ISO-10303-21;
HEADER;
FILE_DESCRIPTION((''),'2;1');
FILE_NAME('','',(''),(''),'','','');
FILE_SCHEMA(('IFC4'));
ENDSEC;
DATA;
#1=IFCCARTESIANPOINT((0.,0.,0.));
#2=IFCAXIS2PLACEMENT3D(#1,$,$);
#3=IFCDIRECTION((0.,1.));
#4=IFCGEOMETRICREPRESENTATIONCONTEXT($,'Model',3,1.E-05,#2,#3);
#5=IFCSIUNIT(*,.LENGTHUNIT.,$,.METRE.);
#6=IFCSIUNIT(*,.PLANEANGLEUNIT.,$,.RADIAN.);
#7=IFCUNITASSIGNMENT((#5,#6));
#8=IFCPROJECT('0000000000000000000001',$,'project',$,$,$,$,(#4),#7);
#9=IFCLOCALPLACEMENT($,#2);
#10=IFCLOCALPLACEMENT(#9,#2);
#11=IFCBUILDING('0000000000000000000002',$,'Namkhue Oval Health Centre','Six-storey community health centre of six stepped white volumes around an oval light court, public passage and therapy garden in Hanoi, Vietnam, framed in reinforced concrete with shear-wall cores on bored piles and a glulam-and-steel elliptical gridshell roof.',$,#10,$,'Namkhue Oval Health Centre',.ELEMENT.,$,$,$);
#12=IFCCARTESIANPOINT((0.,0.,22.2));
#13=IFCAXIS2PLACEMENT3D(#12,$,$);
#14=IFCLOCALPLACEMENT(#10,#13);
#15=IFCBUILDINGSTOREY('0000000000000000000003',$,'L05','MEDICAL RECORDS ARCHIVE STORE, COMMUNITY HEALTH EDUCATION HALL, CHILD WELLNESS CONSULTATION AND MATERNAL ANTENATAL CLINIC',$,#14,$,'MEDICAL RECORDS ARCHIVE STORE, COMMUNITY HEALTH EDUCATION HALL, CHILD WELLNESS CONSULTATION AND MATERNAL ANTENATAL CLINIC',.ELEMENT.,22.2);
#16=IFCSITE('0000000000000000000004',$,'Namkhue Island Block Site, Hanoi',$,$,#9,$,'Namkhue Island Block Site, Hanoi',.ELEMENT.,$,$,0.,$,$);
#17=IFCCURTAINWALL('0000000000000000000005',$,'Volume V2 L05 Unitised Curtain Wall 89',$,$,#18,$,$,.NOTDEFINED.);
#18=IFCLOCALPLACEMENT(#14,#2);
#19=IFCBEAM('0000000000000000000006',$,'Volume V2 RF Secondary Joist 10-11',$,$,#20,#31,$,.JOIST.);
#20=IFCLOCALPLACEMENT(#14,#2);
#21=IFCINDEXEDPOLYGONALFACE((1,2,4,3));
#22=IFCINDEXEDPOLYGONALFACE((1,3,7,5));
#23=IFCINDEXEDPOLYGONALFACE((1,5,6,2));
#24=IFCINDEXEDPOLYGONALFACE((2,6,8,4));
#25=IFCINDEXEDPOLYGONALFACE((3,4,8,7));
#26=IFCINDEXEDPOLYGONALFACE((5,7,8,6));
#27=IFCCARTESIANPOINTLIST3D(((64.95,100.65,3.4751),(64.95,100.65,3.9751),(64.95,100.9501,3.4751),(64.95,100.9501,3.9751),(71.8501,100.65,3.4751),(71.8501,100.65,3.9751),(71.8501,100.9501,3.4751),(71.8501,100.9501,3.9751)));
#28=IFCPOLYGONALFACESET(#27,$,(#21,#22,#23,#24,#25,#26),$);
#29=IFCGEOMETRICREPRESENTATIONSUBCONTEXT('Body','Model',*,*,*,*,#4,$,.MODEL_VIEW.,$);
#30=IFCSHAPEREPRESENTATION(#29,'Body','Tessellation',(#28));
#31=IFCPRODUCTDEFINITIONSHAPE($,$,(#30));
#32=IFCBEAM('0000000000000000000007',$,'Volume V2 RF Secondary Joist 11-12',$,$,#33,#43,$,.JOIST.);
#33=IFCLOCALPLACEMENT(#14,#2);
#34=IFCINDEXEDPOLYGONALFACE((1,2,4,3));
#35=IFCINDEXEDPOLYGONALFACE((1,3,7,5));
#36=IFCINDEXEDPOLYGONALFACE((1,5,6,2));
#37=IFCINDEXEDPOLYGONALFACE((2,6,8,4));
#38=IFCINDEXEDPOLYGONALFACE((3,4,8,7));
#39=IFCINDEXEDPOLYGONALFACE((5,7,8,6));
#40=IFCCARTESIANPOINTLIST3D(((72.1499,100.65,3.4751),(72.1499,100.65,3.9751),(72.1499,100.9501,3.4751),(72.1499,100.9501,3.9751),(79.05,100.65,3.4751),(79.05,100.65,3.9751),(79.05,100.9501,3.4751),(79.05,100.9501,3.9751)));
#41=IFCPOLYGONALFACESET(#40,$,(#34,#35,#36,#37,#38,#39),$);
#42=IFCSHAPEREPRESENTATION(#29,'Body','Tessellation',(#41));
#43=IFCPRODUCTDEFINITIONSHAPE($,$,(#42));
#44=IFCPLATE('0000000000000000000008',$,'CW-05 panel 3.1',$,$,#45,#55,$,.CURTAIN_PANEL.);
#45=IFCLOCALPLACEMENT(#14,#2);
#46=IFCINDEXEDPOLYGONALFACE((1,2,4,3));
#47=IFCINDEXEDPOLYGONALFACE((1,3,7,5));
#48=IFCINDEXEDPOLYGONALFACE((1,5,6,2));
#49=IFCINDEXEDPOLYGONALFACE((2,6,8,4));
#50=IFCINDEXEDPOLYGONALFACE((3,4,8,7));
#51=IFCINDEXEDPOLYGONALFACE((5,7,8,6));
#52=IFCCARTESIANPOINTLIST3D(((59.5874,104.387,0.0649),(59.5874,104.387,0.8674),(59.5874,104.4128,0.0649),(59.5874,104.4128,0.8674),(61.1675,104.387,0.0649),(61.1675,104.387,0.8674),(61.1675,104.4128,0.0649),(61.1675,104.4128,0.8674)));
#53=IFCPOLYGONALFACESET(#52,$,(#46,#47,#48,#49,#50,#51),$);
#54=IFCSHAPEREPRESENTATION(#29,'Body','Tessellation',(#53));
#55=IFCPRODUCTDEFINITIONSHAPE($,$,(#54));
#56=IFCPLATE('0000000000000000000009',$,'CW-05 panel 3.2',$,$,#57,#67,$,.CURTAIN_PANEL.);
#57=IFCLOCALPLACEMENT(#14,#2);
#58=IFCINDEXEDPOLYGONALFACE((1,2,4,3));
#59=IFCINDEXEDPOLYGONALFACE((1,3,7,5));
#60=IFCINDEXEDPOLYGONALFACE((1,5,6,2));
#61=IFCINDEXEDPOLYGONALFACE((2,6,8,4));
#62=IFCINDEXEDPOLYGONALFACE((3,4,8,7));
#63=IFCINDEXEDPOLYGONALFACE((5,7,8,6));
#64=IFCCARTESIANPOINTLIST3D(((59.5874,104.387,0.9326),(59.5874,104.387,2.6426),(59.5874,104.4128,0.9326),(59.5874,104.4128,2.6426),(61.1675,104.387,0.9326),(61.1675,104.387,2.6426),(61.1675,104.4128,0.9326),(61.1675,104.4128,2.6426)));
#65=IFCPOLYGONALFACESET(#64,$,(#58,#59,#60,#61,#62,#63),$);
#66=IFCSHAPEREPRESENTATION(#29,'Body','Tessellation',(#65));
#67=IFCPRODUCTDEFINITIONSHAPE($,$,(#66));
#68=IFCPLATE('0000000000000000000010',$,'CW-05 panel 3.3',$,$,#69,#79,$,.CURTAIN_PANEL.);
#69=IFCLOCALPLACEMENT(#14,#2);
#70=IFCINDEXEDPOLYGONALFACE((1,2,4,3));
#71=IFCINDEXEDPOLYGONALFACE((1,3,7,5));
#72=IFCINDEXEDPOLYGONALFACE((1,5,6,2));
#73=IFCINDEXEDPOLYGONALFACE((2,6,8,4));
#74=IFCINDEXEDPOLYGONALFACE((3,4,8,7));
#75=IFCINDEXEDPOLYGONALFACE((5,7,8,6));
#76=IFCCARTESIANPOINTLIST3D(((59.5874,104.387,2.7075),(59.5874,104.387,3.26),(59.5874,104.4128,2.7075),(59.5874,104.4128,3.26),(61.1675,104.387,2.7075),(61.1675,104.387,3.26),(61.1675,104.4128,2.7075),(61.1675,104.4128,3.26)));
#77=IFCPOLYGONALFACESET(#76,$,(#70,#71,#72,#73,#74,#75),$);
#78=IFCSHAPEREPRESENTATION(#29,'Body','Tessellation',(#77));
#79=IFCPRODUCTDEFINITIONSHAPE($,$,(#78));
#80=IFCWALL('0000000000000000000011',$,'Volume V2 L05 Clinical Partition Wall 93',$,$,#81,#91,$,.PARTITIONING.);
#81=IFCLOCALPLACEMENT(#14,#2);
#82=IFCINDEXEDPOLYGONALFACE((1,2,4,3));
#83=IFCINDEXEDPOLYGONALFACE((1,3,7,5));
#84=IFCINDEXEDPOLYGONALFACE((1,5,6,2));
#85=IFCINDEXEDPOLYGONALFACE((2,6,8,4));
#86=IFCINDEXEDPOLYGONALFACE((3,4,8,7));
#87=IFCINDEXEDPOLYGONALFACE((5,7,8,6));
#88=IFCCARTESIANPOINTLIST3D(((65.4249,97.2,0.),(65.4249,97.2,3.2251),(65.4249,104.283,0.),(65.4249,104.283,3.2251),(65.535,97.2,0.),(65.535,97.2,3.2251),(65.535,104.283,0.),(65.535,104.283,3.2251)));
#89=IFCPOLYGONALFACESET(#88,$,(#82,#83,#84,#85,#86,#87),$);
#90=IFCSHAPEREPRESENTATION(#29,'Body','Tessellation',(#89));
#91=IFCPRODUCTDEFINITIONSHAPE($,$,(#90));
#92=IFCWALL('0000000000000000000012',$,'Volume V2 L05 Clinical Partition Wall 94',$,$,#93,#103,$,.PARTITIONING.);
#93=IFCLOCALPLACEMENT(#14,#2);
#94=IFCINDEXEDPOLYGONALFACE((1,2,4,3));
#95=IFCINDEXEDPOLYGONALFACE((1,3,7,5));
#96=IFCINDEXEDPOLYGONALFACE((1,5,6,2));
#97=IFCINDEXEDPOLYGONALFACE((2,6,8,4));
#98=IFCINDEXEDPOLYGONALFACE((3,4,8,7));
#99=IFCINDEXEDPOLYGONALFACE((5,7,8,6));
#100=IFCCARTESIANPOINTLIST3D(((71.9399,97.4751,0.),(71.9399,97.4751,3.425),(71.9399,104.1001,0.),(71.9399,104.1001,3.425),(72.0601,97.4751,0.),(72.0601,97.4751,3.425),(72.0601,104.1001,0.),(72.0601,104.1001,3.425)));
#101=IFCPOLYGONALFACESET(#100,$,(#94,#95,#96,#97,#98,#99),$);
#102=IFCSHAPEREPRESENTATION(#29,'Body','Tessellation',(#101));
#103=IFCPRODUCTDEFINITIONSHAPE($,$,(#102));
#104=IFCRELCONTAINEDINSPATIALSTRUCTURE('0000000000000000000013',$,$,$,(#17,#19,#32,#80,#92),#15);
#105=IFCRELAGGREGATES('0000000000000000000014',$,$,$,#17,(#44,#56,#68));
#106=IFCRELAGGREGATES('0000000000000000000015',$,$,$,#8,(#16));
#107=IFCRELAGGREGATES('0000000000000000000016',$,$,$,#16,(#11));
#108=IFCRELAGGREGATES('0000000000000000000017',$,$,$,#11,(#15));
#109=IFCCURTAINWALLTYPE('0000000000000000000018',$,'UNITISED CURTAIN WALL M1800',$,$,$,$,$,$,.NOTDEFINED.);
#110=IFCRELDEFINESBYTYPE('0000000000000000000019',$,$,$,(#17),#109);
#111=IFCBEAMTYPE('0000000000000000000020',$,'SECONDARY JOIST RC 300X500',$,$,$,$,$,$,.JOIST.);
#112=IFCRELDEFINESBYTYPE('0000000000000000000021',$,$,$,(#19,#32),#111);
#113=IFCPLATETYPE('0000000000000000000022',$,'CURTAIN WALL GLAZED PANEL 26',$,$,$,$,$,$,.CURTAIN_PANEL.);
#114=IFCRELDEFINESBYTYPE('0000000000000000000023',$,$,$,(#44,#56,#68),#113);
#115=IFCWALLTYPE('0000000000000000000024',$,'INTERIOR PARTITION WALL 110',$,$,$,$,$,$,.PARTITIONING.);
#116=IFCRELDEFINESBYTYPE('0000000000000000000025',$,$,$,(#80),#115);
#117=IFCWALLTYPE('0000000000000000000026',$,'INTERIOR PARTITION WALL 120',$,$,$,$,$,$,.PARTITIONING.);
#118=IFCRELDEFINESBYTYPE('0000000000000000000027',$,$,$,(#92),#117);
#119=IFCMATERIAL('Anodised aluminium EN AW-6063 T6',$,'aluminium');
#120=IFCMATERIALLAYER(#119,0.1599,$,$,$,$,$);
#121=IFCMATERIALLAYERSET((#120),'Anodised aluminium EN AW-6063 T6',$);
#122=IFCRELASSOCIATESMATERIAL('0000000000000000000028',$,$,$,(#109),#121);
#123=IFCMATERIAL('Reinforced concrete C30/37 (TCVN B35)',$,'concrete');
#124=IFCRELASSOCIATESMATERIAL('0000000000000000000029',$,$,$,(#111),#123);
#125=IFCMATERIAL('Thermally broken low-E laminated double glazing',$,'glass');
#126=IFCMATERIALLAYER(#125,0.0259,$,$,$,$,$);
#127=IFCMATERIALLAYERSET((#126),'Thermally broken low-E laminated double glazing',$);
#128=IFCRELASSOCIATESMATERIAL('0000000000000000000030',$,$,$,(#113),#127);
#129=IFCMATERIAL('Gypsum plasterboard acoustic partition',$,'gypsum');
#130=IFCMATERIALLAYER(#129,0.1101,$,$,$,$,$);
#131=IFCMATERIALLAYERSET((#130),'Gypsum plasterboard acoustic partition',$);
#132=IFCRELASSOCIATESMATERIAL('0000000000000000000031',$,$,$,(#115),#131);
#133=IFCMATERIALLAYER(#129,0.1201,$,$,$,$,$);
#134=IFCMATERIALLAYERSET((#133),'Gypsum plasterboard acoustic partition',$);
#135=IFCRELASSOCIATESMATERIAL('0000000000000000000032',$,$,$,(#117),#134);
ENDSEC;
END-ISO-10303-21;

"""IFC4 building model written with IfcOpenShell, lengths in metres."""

from ifc_helpers import new_model, si_unit, direction, frame, frame_2d, origin, origin_2d, place, context, subcontext, project, spatial, rectangle, extrude, material, layer, layer_set, material_profile, profile_set, type_object, element, aggregate, save


model = new_model("IFC4")

# Units and contexts
model_context = context("Model", 3, precision=1e-05, world=origin(), true_north=direction((0.0, 1.0)))
body_context = subcontext(model_context, "Body", "Model", "MODEL_VIEW")
ifc_project = project(units=[si_unit("LENGTHUNIT", "METRE"), si_unit("PLANEANGLEUNIT", "RADIAN")], contexts=[model_context])

# Site, building, storey
site_placement = place(None, origin())
site = spatial("IfcSite", under=ifc_project, at=site_placement, Name="Namkhue Island Block Site, Hanoi", LongName="Namkhue Island Block Site, Hanoi", CompositionType="ELEMENT", RefElevation=0.0)
building_placement = place(site_placement, origin())
building = spatial("IfcBuilding", under=site, at=building_placement, Name="Namkhue Oval Health Centre", Description="Six-storey community health centre of six stepped white volumes around an oval light court, public passage and therapy garden in Hanoi, Vietnam, framed in reinforced concrete with shear-wall cores on bored piles and a glulam-and-steel elliptical gridshell roof.", LongName="Namkhue Oval Health Centre", CompositionType="ELEMENT")
storey_placement = place(building_placement, frame((0.0, 0.0, 22.2)))
storey = spatial("IfcBuildingStorey", under=building, at=storey_placement, Name="L05", Description="MEDICAL RECORDS ARCHIVE STORE, COMMUNITY HEALTH EDUCATION HALL, CHILD WELLNESS CONSULTATION AND MATERNAL ANTENATAL CLINIC", LongName="MEDICAL RECORDS ARCHIVE STORE, COMMUNITY HEALTH EDUCATION HALL, CHILD WELLNESS CONSULTATION AND MATERNAL ANTENATAL CLINIC", CompositionType="ELEMENT", Elevation=22.2)

# Curtain wall
ifc_material_1 = material(Name="Anodised aluminium EN AW-6063 T6", Category="aluminium")
ifc_layer_1 = layer(ifc_material_1, 0.1599)
ifc_layer_set_1 = layer_set([ifc_layer_1], Name="Anodised aluminium EN AW-6063 T6")
curtain_wall_type = type_object("IfcCurtainWallType", Name="UNITISED CURTAIN WALL M1800", PredefinedType="NOTDEFINED", material=ifc_layer_set_1)
curtain_wall_placement = place(storey_placement, origin())
curtain_wall = element("IfcCurtainWall", 1, at=curtain_wall_placement, inside=storey, type_object=curtain_wall_type, Name="Volume V2 L05 Unitised Curtain Wall 89", PredefinedType="NOTDEFINED")

# Beams
ifc_material_2 = material(Name="Reinforced concrete C30/37 (TCVN B35)", Category="concrete")
ifc_material_profile_1 = material_profile(ifc_material_2, rectangle(XDim=0.3, YDim=0.5, at=origin_2d()), Name="RC 300x500")
ifc_profile_set_1 = profile_set([ifc_material_profile_1], Name="Reinforced concrete C30/37 (TCVN B35)")
beam_type_1 = type_object("IfcBeamType", Name="SECONDARY JOIST RC 300X500", PredefinedType="JOIST", material=ifc_profile_set_1)
for number, where, z_axis, x_axis, name in (
    (2, (64.95, 100.8, 3.7251), (1.0, 0.0, 0.0), (0.0, 1.0, 0.0), "Volume V2 RF Secondary Joist 10-11"),
    (3, (72.1499, 100.8, 3.7251), (1.0, 0.0, 0.0), (0.0, 1.0, 0.0), "Volume V2 RF Secondary Joist 11-12"),
):
    element("IfcBeam", number, at=place(storey_placement, frame(where, z_axis=z_axis, x_axis=x_axis)), inside=storey, type_object=beam_type_1, Name=name, PredefinedType="JOIST", context=body_context, shape_type="SweptSolid", body=[
        extrude(rectangle(XDim=0.3, YDim=0.5, at=origin_2d()), origin(), (0.0, 0.0, 1.0), 6.9001),
    ])

# Plates
ifc_material_3 = material(Name="Thermally broken low-E laminated double glazing", Category="glass")
ifc_layer_2 = layer(ifc_material_3, 0.0259)
ifc_layer_set_2 = layer_set([ifc_layer_2], Name="Thermally broken low-E laminated double glazing")
plate_type = type_object("IfcPlateType", Name="CURTAIN WALL GLAZED PANEL 26", PredefinedType="CURTAIN_PANEL", material=ifc_layer_set_2)
plate_1_placement = place(storey_placement, frame((60.3774, 104.3999, 0.0649), z_axis=(0.0, 0.0, 1.0), x_axis=(-1.0, 0.0, 0.0)))
plate_1 = element("IfcPlate", 4, at=plate_1_placement, type_object=plate_type, Name="CW-05 panel 3.1", PredefinedType="CURTAIN_PANEL", context=body_context, shape_type="SweptSolid", body=[
    extrude(rectangle(XDim=1.5801, YDim=0.0259, at=origin_2d()), origin(), (0.0, 0.0, 1.0), 0.8025),
])
plate_2_placement = place(storey_placement, frame((60.3774, 104.3999, 0.9326), z_axis=(0.0, 0.0, 1.0), x_axis=(-1.0, 0.0, 0.0)))
plate_2 = element("IfcPlate", 5, at=plate_2_placement, type_object=plate_type, Name="CW-05 panel 3.2", PredefinedType="CURTAIN_PANEL", context=body_context, shape_type="SweptSolid", body=[
    extrude(rectangle(XDim=1.5801, YDim=0.0259, at=origin_2d()), origin(), (0.0, 0.0, 1.0), 1.71),
])
plate_3_placement = place(storey_placement, frame((60.3774, 104.3999, 2.7075), z_axis=(0.0, 0.0, 1.0), x_axis=(-1.0, 0.0, 0.0)))
plate_3 = element("IfcPlate", 6, at=plate_3_placement, type_object=plate_type, Name="CW-05 panel 3.3", PredefinedType="CURTAIN_PANEL", context=body_context, shape_type="SweptSolid", body=[
    extrude(rectangle(XDim=1.5801, YDim=0.0259, at=origin_2d()), origin(), (0.0, 0.0, 1.0), 0.5525),
])
aggregate(curtain_wall, [plate_1, plate_2, plate_3])

# Walls
ifc_material_4 = material(Name="Gypsum plasterboard acoustic partition", Category="gypsum")
ifc_layer_3 = layer(ifc_material_4, 0.1101)
ifc_layer_set_3 = layer_set([ifc_layer_3], Name="Gypsum plasterboard acoustic partition")
wall_type_1 = type_object("IfcWallType", Name="INTERIOR PARTITION WALL 110", PredefinedType="PARTITIONING", material=ifc_layer_set_3)
wall_1_placement = place(storey_placement, frame((65.48, 97.2, 0.0), z_axis=(0.0, 0.0, 1.0), x_axis=(0.0, 1.0, 0.0)))
element("IfcWall", 7, at=wall_1_placement, inside=storey, type_object=wall_type_1, Name="Volume V2 L05 Clinical Partition Wall 93", PredefinedType="PARTITIONING", context=body_context, shape_type="SweptSolid", body=[
    extrude(rectangle(XDim=7.083, YDim=0.1101, at=frame_2d((3.5415, 0.0))), origin(), (0.0, 0.0, 1.0), 3.2251),
])
ifc_layer_4 = layer(ifc_material_4, 0.1201)
ifc_layer_set_4 = layer_set([ifc_layer_4], Name="Gypsum plasterboard acoustic partition")
wall_type_2 = type_object("IfcWallType", Name="INTERIOR PARTITION WALL 120", PredefinedType="PARTITIONING", material=ifc_layer_set_4)
wall_2_placement = place(storey_placement, frame((72.0, 97.4751, 0.0), z_axis=(0.0, 0.0, 1.0), x_axis=(0.0, 1.0, 0.0)))
element("IfcWall", 8, at=wall_2_placement, inside=storey, type_object=wall_type_2, Name="Volume V2 L05 Clinical Partition Wall 94", PredefinedType="PARTITIONING", context=body_context, shape_type="SweptSolid", body=[
    extrude(rectangle(XDim=6.625, YDim=0.1201, at=frame_2d((3.3125, 0.0))), origin(), (0.0, 0.0, 1.0), 3.425),
])

save(model, "model.ifc")
